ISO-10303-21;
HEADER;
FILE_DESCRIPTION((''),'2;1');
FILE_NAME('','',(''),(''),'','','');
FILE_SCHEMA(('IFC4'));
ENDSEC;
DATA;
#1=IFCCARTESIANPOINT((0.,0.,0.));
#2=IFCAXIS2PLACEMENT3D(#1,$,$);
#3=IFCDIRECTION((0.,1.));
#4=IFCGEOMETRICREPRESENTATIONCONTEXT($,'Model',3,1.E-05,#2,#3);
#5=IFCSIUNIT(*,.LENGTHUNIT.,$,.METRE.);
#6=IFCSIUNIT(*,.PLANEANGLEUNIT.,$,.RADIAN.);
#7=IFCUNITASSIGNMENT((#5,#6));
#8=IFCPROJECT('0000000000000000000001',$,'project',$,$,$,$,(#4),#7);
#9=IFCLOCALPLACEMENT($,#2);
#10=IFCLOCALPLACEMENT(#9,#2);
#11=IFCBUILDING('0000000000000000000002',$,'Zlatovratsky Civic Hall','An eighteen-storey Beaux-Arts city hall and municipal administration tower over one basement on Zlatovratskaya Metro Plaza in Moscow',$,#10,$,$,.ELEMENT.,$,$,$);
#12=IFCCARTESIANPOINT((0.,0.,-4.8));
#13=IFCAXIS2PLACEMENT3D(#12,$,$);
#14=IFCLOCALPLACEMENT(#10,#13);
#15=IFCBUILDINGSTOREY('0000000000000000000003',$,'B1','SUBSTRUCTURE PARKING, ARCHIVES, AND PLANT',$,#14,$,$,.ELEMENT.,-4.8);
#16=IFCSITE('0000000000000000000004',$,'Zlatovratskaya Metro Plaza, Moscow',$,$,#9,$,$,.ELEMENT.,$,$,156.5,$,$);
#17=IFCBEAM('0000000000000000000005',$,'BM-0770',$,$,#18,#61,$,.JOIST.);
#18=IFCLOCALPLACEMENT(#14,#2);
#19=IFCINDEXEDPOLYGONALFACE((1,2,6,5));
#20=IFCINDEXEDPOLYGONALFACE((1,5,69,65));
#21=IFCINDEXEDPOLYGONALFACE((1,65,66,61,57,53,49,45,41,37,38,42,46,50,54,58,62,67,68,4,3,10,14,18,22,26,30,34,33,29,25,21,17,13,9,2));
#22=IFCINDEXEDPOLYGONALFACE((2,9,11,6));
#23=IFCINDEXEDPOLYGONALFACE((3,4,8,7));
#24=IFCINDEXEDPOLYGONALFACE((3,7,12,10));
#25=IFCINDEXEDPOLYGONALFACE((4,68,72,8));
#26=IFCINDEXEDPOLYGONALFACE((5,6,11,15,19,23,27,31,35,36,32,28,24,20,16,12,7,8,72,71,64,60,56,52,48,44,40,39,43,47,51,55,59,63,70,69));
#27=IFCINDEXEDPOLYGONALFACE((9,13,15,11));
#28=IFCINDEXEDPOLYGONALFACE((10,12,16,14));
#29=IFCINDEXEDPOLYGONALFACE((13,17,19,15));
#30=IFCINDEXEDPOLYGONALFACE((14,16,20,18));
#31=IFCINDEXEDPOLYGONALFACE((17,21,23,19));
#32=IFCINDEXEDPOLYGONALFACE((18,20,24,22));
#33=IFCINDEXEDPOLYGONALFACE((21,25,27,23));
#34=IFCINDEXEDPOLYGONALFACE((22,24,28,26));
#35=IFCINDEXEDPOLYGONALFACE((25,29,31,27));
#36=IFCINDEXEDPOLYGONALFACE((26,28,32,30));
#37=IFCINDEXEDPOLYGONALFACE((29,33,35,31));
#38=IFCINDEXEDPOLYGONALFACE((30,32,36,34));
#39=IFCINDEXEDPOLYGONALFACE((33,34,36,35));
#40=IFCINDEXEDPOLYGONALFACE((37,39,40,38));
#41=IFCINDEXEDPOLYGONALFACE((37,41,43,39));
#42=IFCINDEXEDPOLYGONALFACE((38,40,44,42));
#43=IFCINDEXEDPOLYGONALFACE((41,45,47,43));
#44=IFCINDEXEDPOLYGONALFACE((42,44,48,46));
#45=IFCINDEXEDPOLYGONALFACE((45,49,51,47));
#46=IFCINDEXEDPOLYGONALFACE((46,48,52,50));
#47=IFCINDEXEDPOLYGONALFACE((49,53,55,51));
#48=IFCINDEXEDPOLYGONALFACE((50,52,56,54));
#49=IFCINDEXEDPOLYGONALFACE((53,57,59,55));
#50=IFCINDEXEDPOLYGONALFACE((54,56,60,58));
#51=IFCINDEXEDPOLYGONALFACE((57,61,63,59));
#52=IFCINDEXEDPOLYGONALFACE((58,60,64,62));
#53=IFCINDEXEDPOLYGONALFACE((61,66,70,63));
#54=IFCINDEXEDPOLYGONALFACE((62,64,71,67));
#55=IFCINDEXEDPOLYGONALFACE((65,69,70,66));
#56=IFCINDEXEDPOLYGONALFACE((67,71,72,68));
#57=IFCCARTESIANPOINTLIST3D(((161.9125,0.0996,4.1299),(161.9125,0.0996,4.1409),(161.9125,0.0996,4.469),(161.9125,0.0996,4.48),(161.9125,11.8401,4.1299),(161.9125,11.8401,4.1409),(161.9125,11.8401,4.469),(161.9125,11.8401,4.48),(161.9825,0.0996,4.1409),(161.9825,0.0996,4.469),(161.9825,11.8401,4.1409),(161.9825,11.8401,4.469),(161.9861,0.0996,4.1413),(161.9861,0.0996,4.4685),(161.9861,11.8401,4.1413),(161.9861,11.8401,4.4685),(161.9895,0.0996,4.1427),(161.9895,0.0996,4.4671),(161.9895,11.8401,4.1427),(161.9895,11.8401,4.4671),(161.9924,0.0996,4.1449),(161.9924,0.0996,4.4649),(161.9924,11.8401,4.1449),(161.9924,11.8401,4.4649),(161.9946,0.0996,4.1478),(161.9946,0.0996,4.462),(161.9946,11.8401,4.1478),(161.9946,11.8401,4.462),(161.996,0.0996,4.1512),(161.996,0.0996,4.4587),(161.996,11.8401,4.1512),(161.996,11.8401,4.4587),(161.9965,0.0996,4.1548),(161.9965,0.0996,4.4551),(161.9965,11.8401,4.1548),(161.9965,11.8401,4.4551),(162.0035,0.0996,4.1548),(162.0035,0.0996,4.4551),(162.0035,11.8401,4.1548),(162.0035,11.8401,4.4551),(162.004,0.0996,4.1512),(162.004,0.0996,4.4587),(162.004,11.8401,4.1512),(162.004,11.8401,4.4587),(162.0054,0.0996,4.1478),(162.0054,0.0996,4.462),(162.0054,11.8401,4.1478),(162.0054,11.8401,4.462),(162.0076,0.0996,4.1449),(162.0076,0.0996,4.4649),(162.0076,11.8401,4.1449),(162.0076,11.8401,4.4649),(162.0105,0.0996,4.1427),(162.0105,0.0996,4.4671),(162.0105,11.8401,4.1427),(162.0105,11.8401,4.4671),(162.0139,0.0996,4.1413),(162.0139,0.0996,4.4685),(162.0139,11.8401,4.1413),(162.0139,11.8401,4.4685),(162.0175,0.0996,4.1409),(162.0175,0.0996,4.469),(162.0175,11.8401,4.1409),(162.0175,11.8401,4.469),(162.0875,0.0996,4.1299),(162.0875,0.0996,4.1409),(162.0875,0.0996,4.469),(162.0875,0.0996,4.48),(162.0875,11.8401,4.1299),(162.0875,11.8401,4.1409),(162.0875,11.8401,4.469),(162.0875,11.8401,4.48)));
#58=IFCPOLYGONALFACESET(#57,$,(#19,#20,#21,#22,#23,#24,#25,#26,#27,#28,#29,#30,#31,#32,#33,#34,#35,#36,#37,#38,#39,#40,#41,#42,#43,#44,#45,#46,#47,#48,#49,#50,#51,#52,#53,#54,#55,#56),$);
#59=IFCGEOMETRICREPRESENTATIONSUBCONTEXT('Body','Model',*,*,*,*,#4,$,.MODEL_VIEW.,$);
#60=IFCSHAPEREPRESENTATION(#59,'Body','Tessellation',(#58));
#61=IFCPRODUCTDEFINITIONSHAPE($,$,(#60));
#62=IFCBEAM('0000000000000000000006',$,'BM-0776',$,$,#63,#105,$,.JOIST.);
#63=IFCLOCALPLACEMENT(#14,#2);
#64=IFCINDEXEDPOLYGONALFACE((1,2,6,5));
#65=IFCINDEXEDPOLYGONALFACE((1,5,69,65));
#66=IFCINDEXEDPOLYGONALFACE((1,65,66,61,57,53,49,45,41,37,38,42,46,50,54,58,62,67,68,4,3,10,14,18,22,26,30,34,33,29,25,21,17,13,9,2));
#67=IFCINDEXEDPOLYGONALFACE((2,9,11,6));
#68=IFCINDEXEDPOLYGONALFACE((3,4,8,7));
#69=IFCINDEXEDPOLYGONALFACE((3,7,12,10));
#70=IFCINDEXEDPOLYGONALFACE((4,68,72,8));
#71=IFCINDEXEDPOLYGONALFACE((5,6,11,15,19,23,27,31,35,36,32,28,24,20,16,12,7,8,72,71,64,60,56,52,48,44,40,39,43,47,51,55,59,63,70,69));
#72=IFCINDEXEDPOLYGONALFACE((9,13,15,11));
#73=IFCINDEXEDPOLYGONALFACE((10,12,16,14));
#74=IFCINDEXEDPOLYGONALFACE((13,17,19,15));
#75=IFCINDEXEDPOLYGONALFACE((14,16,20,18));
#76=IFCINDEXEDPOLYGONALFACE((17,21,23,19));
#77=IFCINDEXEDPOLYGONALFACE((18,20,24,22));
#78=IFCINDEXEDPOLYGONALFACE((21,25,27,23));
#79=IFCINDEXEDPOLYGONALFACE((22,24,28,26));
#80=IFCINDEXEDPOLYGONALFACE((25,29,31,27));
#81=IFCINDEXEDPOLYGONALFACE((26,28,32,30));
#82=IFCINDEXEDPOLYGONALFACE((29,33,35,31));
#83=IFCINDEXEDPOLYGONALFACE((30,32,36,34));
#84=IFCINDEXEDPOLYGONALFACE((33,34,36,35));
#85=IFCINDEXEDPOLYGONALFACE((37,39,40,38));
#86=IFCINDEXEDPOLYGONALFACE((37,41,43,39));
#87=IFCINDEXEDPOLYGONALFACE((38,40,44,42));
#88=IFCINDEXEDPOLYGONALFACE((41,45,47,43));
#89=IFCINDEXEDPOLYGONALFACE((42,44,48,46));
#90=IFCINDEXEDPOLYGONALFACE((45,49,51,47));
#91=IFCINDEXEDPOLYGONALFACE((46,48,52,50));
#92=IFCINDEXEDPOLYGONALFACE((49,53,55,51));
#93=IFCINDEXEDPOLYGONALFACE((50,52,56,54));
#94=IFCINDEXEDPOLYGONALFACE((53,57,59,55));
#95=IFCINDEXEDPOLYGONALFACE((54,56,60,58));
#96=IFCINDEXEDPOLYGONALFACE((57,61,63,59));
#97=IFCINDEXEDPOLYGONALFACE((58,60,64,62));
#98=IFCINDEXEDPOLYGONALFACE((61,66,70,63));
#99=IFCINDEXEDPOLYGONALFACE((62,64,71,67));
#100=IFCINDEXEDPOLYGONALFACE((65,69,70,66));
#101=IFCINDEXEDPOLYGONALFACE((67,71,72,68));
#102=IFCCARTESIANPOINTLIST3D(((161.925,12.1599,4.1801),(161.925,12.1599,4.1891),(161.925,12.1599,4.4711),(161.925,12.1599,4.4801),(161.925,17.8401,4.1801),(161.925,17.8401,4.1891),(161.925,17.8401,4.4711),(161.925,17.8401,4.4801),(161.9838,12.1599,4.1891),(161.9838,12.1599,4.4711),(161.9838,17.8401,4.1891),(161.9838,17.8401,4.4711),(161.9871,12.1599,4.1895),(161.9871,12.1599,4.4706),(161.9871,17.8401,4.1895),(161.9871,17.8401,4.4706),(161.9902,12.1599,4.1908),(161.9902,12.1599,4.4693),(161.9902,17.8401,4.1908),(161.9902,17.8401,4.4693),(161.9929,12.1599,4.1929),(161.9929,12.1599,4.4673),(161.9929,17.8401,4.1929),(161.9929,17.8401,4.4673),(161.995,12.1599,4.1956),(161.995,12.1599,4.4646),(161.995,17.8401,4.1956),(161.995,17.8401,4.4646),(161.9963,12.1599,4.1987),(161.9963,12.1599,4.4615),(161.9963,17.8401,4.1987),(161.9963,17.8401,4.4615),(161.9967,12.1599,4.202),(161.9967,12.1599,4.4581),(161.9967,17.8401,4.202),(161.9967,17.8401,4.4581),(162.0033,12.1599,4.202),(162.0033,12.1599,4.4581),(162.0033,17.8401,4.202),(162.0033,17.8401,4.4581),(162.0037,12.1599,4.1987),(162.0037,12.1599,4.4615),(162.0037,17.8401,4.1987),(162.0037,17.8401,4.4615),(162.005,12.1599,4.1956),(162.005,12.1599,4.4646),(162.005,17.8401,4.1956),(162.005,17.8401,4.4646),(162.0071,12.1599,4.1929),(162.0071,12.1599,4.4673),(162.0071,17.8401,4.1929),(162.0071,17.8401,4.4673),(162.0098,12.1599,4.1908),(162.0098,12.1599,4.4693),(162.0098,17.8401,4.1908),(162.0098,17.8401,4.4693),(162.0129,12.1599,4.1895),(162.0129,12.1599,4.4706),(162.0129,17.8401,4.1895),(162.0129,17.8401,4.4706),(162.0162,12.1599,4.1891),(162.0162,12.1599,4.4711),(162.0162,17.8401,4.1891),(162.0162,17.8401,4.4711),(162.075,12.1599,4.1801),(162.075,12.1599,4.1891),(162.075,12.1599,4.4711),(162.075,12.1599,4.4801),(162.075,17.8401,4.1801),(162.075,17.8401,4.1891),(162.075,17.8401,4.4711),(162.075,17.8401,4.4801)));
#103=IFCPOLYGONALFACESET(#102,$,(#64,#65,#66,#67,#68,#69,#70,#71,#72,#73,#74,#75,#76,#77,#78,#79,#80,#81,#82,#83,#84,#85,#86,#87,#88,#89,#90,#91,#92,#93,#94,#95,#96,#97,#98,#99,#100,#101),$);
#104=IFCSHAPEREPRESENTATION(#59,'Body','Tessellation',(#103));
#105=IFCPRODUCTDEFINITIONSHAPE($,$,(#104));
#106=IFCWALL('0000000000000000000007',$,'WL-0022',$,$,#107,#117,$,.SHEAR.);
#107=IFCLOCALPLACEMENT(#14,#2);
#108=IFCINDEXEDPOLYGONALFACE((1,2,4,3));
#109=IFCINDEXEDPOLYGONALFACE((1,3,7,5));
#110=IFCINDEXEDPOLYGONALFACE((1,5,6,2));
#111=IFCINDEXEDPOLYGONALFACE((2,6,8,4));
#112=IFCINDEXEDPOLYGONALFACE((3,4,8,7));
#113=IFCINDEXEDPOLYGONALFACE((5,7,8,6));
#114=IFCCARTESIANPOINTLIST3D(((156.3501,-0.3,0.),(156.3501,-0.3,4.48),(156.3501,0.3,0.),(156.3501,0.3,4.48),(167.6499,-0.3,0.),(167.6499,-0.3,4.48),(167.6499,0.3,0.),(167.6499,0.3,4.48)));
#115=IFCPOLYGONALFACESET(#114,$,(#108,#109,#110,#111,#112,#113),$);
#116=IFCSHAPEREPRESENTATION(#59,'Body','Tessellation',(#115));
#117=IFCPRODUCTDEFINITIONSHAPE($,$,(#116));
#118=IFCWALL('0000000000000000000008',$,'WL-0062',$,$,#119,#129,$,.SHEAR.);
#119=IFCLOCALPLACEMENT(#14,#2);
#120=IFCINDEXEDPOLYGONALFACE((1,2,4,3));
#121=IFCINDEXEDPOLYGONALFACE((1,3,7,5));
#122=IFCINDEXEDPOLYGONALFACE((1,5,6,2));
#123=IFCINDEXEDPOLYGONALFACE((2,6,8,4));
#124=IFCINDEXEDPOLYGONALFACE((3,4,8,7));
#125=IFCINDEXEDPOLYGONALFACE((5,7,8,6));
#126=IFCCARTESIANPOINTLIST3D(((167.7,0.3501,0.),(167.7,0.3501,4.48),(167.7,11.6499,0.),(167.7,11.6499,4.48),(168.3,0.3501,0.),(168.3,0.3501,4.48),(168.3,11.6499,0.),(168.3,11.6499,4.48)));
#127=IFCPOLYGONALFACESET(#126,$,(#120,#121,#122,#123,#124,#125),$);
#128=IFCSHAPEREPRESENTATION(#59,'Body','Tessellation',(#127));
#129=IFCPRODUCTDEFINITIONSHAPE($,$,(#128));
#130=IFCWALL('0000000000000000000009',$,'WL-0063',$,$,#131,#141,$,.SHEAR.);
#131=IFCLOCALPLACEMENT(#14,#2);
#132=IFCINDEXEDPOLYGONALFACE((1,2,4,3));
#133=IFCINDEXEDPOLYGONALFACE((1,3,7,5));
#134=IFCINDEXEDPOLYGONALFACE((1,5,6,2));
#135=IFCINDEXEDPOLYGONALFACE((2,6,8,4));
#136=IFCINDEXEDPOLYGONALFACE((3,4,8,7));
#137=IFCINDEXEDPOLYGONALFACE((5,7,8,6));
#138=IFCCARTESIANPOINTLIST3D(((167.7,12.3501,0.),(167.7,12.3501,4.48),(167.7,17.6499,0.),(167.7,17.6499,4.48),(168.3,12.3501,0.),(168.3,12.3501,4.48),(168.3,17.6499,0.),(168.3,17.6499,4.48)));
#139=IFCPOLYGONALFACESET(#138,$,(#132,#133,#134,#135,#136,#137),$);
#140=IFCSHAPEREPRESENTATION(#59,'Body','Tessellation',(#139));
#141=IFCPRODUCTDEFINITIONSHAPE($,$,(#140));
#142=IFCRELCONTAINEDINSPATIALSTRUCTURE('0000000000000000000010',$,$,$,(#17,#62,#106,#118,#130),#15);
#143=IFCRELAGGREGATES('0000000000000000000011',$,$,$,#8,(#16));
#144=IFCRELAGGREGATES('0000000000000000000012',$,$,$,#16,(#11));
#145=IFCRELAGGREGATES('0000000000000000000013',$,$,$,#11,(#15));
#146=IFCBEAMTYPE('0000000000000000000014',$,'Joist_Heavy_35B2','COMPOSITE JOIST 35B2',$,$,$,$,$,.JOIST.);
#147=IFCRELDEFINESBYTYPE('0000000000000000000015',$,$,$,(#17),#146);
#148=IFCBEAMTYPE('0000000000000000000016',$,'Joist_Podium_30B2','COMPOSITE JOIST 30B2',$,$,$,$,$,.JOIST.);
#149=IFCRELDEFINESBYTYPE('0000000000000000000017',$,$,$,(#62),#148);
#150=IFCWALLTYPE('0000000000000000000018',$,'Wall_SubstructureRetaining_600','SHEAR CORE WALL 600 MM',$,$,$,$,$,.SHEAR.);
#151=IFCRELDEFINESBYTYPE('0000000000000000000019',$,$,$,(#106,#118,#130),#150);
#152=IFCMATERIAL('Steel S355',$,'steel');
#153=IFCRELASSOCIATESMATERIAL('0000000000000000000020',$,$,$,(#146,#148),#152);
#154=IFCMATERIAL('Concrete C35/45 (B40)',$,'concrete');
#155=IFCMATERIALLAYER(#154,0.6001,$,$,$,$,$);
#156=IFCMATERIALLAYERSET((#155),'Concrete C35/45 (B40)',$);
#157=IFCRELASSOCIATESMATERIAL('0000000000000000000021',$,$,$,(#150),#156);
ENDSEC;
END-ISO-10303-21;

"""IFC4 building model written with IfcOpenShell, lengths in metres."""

from ifc_helpers import new_model, si_unit, direction, frame, frame_2d, origin, origin_2d, place, context, subcontext, project, spatial, rectangle, i_section, extrude, material, layer, layer_set, material_profile, profile_set, type_object, element, save


model = new_model("IFC4")

# Units and contexts
model_context = context("Model", 3, precision=1e-05, world=origin(), true_north=direction((0.0, 1.0)))
body_context = subcontext(model_context, "Body", "Model", "MODEL_VIEW")
ifc_project = project(units=[si_unit("LENGTHUNIT", "METRE"), si_unit("PLANEANGLEUNIT", "RADIAN")], contexts=[model_context])

# Site, building, storey
site_placement = place(None, origin())
site = spatial("IfcSite", under=ifc_project, at=site_placement, Name="Zlatovratskaya Metro Plaza, Moscow", CompositionType="ELEMENT", RefElevation=156.5)
building_placement = place(site_placement, origin())
building = spatial("IfcBuilding", under=site, at=building_placement, Name="Zlatovratsky Civic Hall", Description="An eighteen-storey Beaux-Arts city hall and municipal administration tower over one basement on Zlatovratskaya Metro Plaza in Moscow", CompositionType="ELEMENT")
storey_placement = place(building_placement, frame((0.0, 0.0, -4.8)))
storey = spatial("IfcBuildingStorey", under=building, at=storey_placement, Name="B1", Description="SUBSTRUCTURE PARKING, ARCHIVES, AND PLANT", CompositionType="ELEMENT", Elevation=-4.8)

# Shared definitions
ifc_material_1 = material(Name="Concrete C35/45 (B40)", Category="concrete")

# Beams
ifc_material_2 = material(Name="Steel S355", Category="steel")
ifc_material_profile_1 = material_profile(ifc_material_2, i_section(OverallWidth=0.175, OverallDepth=0.3501, WebThickness=0.0071, FlangeThickness=0.011, FilletRadius=0.0139, at=origin_2d()), Name="35B2")
ifc_profile_set_1 = profile_set([ifc_material_profile_1], Name="Steel S355")
beam_type_1 = type_object("IfcBeamType", Name="Joist_Heavy_35B2", Description="COMPOSITE JOIST 35B2", PredefinedType="JOIST", material=ifc_profile_set_1)
beam_1_placement = place(storey_placement, frame((162.0, 0.0996, 4.3049), z_axis=(0.0, 1.0, 0.0), x_axis=(-1.0, 0.0, 0.0)))
element("IfcBeam", 1, at=beam_1_placement, inside=storey, type_object=beam_type_1, Name="BM-0770", PredefinedType="JOIST", context=body_context, shape_type="SweptSolid", body=[
    extrude(i_section(OverallWidth=0.175, OverallDepth=0.3501, WebThickness=0.0071, FlangeThickness=0.011, FilletRadius=0.0139, at=origin_2d()), origin(), (0.0, 0.0, 1.0), 11.7405),
])
ifc_material_profile_2 = material_profile(ifc_material_2, i_section(OverallWidth=0.1499, OverallDepth=0.3, WebThickness=0.0066, FlangeThickness=0.009, FilletRadius=0.0129, at=origin_2d()), Name="30B2")
ifc_profile_set_2 = profile_set([ifc_material_profile_2], Name="Steel S355")
beam_type_2 = type_object("IfcBeamType", Name="Joist_Podium_30B2", Description="COMPOSITE JOIST 30B2", PredefinedType="JOIST", material=ifc_profile_set_2)
beam_2_placement = place(storey_placement, frame((162.0, 12.1599, 4.3301), z_axis=(0.0, 1.0, 0.0), x_axis=(-1.0, 0.0, 0.0)))
element("IfcBeam", 2, at=beam_2_placement, inside=storey, type_object=beam_type_2, Name="BM-0776", PredefinedType="JOIST", context=body_context, shape_type="SweptSolid", body=[
    extrude(i_section(OverallWidth=0.1499, OverallDepth=0.3, WebThickness=0.0066, FlangeThickness=0.009, FilletRadius=0.0129, at=origin_2d()), origin(), (0.0, 0.0, 1.0), 5.6802),
])

# Walls
ifc_layer = layer(ifc_material_1, 0.6001)
ifc_layer_set = layer_set([ifc_layer], Name="Concrete C35/45 (B40)")
wall_type = type_object("IfcWallType", Name="Wall_SubstructureRetaining_600", Description="SHEAR CORE WALL 600 MM", PredefinedType="SHEAR", material=ifc_layer_set)
for number, where, z_axis, x_axis, name in (
    (3, (156.3501, 0.0, 0.0), (0.0, 0.0, 1.0), (1.0, 0.0, 0.0), "WL-0022"),
    (4, (168.0, 0.3501, 0.0), (0.0, 0.0, 1.0), (0.0, 1.0, 0.0), "WL-0062"),
):
    element("IfcWall", number, at=place(storey_placement, frame(where, z_axis=z_axis, x_axis=x_axis)), inside=storey, type_object=wall_type, Name=name, PredefinedType="SHEAR", context=body_context, shape_type="SweptSolid", body=[
        extrude(rectangle(XDim=11.2998, YDim=0.6001, at=frame_2d((5.6499, 0.0))), origin(), (0.0, 0.0, 1.0), 4.48),
    ])
wall_placement = place(storey_placement, frame((168.0, 12.3501, 0.0), z_axis=(0.0, 0.0, 1.0), x_axis=(0.0, 1.0, 0.0)))
element("IfcWall", 5, at=wall_placement, inside=storey, type_object=wall_type, Name="WL-0063", PredefinedType="SHEAR", context=body_context, shape_type="SweptSolid", body=[
    extrude(rectangle(XDim=5.2998, YDim=0.6001, at=frame_2d((2.6499, 0.0))), origin(), (0.0, 0.0, 1.0), 4.48),
])

save(model, "model.ifc")
